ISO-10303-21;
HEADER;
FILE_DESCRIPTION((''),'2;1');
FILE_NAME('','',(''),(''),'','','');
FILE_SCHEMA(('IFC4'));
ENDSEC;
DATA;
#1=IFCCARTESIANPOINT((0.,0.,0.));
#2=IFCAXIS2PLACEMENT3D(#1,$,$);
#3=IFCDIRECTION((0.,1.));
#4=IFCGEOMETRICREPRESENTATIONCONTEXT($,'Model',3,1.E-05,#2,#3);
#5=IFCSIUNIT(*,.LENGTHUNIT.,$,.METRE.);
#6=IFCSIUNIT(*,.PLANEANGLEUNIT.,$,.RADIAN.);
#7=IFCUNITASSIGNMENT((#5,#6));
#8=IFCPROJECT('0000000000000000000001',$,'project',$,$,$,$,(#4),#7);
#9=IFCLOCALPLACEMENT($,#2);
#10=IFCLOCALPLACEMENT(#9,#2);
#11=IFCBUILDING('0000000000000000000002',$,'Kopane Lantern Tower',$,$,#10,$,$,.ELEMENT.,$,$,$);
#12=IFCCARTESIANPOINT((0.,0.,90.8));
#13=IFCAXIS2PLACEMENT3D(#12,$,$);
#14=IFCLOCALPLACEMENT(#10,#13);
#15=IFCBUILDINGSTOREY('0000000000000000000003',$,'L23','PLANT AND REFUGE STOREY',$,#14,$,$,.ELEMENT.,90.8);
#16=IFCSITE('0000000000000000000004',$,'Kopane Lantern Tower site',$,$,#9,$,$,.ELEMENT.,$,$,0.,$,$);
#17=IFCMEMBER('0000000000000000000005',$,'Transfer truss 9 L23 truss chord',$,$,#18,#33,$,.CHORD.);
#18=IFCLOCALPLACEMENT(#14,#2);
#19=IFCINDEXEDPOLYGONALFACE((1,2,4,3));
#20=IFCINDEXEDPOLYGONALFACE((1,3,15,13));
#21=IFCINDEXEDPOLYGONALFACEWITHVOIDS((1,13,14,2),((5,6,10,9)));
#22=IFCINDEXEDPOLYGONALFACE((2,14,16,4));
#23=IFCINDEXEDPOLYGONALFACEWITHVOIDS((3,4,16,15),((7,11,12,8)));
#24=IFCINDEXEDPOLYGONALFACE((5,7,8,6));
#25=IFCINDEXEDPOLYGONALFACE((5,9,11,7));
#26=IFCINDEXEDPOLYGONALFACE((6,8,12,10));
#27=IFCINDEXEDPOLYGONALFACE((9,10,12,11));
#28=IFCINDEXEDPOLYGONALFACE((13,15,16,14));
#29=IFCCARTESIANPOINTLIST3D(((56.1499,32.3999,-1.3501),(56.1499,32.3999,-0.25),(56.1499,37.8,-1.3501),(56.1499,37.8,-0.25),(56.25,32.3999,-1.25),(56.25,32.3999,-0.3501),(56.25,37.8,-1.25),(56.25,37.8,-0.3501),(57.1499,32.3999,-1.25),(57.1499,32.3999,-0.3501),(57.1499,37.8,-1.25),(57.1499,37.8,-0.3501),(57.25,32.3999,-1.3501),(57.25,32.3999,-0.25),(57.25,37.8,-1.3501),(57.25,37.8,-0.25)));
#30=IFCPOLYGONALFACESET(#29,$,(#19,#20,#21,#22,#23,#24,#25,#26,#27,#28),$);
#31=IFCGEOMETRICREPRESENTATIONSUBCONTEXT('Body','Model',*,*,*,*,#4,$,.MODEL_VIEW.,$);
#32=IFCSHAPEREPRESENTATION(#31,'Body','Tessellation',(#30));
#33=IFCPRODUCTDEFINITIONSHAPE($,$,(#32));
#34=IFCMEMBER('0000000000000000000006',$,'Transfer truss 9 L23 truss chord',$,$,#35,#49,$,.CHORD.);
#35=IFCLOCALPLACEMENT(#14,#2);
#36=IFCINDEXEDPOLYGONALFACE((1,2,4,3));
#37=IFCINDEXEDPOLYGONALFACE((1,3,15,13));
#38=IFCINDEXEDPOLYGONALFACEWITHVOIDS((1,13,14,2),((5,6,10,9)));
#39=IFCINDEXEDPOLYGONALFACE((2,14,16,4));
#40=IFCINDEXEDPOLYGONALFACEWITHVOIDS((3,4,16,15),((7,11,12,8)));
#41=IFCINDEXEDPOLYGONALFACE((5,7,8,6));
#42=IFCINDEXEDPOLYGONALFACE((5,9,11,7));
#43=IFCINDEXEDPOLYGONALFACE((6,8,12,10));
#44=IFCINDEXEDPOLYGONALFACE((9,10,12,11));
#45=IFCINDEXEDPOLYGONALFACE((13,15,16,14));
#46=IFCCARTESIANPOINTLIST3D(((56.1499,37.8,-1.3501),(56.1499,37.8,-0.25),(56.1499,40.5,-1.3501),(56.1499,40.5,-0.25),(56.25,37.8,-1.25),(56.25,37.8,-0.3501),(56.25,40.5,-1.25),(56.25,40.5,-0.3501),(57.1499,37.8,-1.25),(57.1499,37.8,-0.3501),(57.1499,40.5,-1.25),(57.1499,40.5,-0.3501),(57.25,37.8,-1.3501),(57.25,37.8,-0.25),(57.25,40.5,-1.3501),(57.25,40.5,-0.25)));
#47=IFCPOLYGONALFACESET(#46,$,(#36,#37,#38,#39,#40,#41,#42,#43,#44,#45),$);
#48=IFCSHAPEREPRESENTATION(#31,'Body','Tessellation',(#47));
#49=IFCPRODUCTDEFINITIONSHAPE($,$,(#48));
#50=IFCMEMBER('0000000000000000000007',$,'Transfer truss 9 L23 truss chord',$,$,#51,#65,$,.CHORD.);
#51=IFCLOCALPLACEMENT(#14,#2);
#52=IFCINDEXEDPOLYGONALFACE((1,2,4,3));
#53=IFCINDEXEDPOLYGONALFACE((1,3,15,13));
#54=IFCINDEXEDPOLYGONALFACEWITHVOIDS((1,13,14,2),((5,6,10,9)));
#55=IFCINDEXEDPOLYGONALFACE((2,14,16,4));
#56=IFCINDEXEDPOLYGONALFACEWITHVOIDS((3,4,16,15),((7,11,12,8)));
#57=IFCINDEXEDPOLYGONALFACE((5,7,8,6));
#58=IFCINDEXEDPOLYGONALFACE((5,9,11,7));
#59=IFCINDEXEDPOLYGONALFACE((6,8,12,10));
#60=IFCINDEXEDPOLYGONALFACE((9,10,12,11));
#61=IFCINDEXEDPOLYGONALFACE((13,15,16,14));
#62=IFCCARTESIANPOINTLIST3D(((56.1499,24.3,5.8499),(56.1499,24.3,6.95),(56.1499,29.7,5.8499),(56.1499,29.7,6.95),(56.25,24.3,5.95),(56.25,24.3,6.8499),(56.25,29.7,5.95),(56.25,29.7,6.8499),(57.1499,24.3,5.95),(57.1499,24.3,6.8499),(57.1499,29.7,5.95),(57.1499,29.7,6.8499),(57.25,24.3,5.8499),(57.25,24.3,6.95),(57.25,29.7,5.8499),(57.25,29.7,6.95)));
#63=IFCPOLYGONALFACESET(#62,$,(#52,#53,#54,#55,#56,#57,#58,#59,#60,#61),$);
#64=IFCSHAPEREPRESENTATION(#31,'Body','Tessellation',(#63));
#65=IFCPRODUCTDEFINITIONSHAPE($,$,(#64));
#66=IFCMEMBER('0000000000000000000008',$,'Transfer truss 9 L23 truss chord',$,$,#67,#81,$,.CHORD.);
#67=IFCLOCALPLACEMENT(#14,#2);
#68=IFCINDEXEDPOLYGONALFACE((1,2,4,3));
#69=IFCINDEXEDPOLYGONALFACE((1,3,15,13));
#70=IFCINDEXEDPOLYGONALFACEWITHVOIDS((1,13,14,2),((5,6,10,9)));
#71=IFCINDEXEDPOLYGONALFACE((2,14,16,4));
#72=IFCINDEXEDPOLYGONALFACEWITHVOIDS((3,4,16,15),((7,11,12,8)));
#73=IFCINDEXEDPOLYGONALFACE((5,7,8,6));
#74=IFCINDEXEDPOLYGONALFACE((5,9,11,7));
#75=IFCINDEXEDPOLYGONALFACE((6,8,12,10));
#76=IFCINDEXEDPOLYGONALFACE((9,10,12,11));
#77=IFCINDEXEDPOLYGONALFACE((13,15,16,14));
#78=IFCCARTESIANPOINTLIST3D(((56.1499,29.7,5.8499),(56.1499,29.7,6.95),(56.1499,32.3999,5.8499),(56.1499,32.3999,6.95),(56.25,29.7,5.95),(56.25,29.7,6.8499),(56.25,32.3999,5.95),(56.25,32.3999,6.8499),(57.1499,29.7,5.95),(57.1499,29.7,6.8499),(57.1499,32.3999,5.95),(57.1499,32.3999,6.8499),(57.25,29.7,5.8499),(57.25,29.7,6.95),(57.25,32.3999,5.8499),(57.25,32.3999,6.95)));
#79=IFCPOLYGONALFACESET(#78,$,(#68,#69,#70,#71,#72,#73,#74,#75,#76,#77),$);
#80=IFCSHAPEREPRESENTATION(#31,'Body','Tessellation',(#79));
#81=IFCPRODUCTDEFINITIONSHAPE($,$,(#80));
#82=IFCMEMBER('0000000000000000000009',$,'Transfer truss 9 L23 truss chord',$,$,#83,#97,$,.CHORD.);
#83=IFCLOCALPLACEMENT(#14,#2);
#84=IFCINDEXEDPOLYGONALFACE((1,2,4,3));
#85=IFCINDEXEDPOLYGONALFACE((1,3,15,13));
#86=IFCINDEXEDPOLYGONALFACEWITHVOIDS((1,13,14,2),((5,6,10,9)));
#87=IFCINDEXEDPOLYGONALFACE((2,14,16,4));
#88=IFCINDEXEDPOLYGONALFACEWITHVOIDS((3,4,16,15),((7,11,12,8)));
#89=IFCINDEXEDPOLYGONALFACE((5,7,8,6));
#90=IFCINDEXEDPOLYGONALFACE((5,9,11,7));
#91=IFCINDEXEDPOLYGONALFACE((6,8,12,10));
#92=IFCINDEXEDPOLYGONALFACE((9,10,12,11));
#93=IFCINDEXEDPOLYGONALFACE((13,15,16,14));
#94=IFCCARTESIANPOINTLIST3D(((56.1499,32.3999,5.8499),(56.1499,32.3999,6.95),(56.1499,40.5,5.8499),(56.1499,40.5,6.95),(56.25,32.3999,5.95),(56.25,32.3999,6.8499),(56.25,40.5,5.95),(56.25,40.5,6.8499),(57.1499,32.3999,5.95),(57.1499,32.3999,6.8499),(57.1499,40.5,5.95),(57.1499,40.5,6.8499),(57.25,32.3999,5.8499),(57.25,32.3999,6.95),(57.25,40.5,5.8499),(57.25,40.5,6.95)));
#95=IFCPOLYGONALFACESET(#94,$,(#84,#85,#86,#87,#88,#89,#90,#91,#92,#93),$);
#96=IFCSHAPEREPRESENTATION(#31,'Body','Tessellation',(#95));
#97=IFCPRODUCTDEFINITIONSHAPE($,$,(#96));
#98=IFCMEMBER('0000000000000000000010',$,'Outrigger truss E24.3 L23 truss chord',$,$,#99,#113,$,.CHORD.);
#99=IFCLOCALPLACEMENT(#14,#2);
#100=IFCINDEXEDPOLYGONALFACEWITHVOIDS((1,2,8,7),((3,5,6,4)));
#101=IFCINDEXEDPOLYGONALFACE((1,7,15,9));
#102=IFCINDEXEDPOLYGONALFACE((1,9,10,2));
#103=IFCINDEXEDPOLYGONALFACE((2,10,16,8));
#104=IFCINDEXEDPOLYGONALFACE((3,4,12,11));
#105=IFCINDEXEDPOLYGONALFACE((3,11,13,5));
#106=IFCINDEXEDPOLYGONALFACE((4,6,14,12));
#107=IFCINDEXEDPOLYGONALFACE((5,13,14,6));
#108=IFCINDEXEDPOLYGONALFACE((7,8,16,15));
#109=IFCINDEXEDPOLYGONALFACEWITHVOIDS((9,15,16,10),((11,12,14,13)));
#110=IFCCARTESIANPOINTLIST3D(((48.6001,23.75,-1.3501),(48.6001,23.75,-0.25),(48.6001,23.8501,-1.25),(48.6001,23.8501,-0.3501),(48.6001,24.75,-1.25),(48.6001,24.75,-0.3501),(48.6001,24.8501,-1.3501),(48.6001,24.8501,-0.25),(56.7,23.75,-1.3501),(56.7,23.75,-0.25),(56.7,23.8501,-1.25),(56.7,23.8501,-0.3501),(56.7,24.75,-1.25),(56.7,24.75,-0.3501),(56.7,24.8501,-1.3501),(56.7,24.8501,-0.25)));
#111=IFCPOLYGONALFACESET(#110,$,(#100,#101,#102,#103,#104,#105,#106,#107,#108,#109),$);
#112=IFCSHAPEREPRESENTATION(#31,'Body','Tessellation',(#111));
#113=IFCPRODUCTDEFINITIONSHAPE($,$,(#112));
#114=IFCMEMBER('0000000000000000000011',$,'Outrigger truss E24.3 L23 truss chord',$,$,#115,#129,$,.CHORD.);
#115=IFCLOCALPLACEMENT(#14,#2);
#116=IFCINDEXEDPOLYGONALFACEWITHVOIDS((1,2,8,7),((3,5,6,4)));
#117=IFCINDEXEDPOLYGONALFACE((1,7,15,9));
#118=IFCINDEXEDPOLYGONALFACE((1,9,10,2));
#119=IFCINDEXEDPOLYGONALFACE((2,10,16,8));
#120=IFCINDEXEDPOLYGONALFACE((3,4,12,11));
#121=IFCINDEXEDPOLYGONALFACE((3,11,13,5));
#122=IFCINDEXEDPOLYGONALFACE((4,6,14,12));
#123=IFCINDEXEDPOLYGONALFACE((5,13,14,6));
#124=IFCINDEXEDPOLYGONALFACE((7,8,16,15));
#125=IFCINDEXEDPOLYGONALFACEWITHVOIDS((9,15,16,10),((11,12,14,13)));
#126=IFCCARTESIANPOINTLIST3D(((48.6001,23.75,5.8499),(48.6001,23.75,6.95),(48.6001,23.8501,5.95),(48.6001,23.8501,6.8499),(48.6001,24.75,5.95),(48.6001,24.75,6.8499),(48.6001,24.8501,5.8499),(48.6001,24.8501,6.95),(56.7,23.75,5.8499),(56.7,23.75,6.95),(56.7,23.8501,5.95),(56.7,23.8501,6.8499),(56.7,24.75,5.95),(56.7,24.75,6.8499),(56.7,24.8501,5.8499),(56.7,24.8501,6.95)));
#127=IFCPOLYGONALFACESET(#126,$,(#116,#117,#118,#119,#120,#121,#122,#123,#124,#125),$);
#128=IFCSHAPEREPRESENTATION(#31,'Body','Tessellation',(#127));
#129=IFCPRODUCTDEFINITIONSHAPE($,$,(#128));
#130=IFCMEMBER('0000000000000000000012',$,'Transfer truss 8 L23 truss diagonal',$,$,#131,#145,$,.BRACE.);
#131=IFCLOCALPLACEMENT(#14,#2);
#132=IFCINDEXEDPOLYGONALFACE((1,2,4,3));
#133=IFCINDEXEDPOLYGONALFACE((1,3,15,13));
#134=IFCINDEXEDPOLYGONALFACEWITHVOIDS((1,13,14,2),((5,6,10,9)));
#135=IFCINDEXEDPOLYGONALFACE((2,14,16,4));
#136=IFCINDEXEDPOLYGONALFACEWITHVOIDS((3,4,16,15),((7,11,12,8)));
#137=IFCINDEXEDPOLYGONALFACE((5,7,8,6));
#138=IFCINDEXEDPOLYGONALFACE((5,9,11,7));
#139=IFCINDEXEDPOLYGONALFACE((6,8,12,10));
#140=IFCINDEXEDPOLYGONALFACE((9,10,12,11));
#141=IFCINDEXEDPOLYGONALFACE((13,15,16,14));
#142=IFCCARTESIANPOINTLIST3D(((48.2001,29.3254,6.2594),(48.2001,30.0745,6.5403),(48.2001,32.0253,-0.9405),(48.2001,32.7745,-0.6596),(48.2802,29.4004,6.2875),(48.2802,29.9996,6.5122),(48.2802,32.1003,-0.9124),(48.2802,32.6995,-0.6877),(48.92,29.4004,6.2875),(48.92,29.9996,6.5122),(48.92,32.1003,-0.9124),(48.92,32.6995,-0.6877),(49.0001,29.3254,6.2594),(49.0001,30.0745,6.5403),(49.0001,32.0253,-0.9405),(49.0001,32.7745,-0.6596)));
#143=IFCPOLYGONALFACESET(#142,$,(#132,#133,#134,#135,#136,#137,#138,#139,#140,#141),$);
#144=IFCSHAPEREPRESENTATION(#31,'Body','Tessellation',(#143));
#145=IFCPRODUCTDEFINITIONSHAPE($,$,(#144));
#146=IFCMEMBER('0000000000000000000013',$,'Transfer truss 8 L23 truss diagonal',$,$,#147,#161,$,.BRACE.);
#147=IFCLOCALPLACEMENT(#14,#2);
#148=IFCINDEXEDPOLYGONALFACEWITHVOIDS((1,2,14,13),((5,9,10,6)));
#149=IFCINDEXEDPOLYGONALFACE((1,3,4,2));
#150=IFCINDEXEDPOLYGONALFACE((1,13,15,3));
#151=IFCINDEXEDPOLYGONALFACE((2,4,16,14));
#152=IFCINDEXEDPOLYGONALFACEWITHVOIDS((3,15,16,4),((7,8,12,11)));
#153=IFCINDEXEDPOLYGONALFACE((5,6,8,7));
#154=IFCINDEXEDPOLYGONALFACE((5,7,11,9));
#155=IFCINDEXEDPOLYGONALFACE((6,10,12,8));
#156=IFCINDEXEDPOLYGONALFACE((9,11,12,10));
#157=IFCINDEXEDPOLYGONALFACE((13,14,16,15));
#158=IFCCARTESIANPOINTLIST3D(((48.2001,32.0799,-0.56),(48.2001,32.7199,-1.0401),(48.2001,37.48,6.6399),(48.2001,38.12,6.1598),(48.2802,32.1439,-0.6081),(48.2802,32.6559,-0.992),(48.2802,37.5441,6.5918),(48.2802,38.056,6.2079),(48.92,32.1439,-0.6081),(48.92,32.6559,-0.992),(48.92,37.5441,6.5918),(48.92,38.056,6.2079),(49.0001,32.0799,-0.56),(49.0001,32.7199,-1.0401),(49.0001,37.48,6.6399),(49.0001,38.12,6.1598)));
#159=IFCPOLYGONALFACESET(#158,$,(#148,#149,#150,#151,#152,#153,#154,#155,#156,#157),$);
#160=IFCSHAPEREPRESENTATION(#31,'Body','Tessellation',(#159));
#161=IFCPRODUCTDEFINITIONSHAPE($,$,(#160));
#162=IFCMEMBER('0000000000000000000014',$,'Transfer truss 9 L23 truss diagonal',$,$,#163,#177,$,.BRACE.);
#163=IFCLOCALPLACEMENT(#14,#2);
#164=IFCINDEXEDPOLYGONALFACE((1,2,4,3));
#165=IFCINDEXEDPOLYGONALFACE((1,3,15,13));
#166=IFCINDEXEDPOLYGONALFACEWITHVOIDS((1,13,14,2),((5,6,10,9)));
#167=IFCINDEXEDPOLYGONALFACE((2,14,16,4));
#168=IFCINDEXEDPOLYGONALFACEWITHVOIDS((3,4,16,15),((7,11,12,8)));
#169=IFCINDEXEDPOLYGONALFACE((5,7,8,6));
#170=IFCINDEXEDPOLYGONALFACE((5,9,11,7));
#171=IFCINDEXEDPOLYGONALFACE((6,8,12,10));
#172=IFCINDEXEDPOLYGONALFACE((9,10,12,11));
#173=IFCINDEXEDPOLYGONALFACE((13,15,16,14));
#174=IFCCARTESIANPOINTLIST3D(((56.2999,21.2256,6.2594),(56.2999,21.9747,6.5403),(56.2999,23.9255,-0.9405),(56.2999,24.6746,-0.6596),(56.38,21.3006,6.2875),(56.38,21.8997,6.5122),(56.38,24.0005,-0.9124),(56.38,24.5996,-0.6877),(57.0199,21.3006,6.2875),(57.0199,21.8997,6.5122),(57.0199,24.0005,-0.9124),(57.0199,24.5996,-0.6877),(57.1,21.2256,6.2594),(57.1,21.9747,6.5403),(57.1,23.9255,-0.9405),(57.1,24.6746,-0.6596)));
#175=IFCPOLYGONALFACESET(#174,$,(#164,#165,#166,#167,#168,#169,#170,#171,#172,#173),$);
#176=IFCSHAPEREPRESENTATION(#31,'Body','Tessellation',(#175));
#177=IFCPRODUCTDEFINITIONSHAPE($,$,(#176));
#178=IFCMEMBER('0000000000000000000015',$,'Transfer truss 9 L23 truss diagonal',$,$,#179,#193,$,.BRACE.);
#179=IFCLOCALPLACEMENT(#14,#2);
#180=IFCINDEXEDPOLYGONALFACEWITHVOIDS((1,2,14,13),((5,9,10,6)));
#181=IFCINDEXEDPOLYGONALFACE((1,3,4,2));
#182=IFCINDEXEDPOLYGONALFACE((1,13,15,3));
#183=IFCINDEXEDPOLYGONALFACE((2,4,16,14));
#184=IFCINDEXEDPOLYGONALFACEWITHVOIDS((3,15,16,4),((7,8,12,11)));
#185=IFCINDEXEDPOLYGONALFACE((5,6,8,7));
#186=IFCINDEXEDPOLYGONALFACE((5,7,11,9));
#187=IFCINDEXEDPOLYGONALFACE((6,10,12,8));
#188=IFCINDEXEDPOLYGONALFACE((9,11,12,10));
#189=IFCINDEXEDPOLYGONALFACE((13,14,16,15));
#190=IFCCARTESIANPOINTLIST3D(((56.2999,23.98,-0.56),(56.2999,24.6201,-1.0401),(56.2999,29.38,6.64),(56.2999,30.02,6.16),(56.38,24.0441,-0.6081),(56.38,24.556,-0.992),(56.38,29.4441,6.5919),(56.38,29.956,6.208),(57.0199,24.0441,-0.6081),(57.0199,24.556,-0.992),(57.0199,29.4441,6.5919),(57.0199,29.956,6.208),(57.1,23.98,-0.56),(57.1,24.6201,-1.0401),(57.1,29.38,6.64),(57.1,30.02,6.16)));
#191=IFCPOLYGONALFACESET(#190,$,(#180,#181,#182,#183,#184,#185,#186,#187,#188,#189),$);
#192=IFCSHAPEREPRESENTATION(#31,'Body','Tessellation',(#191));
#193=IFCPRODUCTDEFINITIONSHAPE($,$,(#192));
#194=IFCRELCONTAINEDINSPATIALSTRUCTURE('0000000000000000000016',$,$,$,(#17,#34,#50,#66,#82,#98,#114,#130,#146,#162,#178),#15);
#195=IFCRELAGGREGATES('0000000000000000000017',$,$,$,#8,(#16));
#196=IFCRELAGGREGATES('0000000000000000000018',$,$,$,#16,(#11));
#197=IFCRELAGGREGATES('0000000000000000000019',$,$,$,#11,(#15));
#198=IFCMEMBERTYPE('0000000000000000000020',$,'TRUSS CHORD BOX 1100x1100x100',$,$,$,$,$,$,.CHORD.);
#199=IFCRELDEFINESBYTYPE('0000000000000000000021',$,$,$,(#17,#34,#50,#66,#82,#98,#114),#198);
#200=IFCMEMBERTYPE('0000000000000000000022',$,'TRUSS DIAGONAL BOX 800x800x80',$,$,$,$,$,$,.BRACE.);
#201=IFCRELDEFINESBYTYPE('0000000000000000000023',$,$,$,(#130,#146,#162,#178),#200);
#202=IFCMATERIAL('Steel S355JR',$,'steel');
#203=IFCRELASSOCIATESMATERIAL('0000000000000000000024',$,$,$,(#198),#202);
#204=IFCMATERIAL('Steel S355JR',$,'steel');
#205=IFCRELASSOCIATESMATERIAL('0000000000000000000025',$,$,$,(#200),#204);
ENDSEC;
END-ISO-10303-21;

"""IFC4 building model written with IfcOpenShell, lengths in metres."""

from ifc_helpers import new_model, si_unit, direction, frame, origin, origin_2d, place, context, subcontext, project, spatial, hollow_rectangle, extrude, material, material_profile, profile_set, type_object, element, save


model = new_model("IFC4")

# Units and contexts
model_context = context("Model", 3, precision=1e-05, world=origin(), true_north=direction((0.0, 1.0)))
body_context = subcontext(model_context, "Body", "Model", "MODEL_VIEW")
ifc_project = project(units=[si_unit("LENGTHUNIT", "METRE"), si_unit("PLANEANGLEUNIT", "RADIAN")], contexts=[model_context])

# Site, building, storey
site_placement = place(None, origin())
site = spatial("IfcSite", under=ifc_project, at=site_placement, Name="Kopane Lantern Tower site", CompositionType="ELEMENT", RefElevation=0.0)
building_placement = place(site_placement, origin())
building = spatial("IfcBuilding", under=site, at=building_placement, Name="Kopane Lantern Tower", CompositionType="ELEMENT")
storey_placement = place(building_placement, frame((0.0, 0.0, 90.8)))
storey = spatial("IfcBuildingStorey", under=building, at=storey_placement, Name="L23", Description="PLANT AND REFUGE STOREY", CompositionType="ELEMENT", Elevation=90.8)

# Members
ifc_material_1 = material(Name="Steel S355JR", Category="steel")
ifc_material_profile_1 = material_profile(ifc_material_1, hollow_rectangle(XDim=1.1001, YDim=1.1001, WallThickness=0.1001, at=origin_2d()), Name="BOX 1100x1100x100")
ifc_profile_set_1 = profile_set([ifc_material_profile_1], Name="Steel S355JR")
member_type_1 = type_object("IfcMemberType", Name="TRUSS CHORD BOX 1100x1100x100", PredefinedType="CHORD", material=ifc_profile_set_1)
member_1_placement = place(storey_placement, frame((56.7, 32.3999, -0.8), z_axis=(0.0, 1.0, 0.0), x_axis=(-1.0, 0.0, 0.0)))
element("IfcMember", 1, at=member_1_placement, inside=storey, type_object=member_type_1, Name="Transfer truss 9 L23 truss chord", PredefinedType="CHORD", context=body_context, shape_type="SweptSolid", body=[
    extrude(hollow_rectangle(XDim=1.1001, YDim=1.1001, WallThickness=0.1001, at=origin_2d()), origin(), (0.0, 0.0, 1.0), 5.4001),
])
member_2_placement = place(storey_placement, frame((56.7, 37.8, -0.8), z_axis=(0.0, 1.0, 0.0), x_axis=(-1.0, 0.0, 0.0)))
element("IfcMember", 2, at=member_2_placement, inside=storey, type_object=member_type_1, Name="Transfer truss 9 L23 truss chord", PredefinedType="CHORD", context=body_context, shape_type="SweptSolid", body=[
    extrude(hollow_rectangle(XDim=1.1001, YDim=1.1001, WallThickness=0.1001, at=origin_2d()), origin(), (0.0, 0.0, 1.0), 2.7),
])
member_3_placement = place(storey_placement, frame((56.7, 24.3, 6.3999), z_axis=(0.0, 1.0, 0.0), x_axis=(-1.0, 0.0, 0.0)))
element("IfcMember", 3, at=member_3_placement, inside=storey, type_object=member_type_1, Name="Transfer truss 9 L23 truss chord", PredefinedType="CHORD", context=body_context, shape_type="SweptSolid", body=[
    extrude(hollow_rectangle(XDim=1.1001, YDim=1.1001, WallThickness=0.1001, at=origin_2d()), origin(), (0.0, 0.0, 1.0), 5.3999),
])
member_4_placement = place(storey_placement, frame((56.7, 29.7, 6.3999), z_axis=(0.0, 1.0, 0.0), x_axis=(-1.0, 0.0, 0.0)))
element("IfcMember", 4, at=member_4_placement, inside=storey, type_object=member_type_1, Name="Transfer truss 9 L23 truss chord", PredefinedType="CHORD", context=body_context, shape_type="SweptSolid", body=[
    extrude(hollow_rectangle(XDim=1.1001, YDim=1.1001, WallThickness=0.1001, at=origin_2d()), origin(), (0.0, 0.0, 1.0), 2.7),
])
member_5_placement = place(storey_placement, frame((56.7, 32.3999, 6.3999), z_axis=(0.0, 1.0, 0.0), x_axis=(-1.0, 0.0, 0.0)))
element("IfcMember", 5, at=member_5_placement, inside=storey, type_object=member_type_1, Name="Transfer truss 9 L23 truss chord", PredefinedType="CHORD", context=body_context, shape_type="SweptSolid", body=[
    extrude(hollow_rectangle(XDim=1.1001, YDim=1.1001, WallThickness=0.1001, at=origin_2d()), origin(), (0.0, 0.0, 1.0), 8.1001),
])
for number, where, z_axis, x_axis, name in (
    (6, (56.7, 24.3, -0.8), (-1.0, 0.0, 0.0), (0.0, -1.0, 0.0), "Outrigger truss E24.3 L23 truss chord"),
    (7, (56.7, 24.3, 6.3999), (-1.0, 0.0, 0.0), (0.0, -1.0, 0.0), "Outrigger truss E24.3 L23 truss chord"),
):
    element("IfcMember", number, at=place(storey_placement, frame(where, z_axis=z_axis, x_axis=x_axis)), inside=storey, type_object=member_type_1, Name=name, PredefinedType="CHORD", context=body_context, shape_type="SweptSolid", body=[
        extrude(hollow_rectangle(XDim=1.1001, YDim=1.1001, WallThickness=0.1001, at=origin_2d()), origin(), (0.0, 0.0, 1.0), 8.0999),
    ])
ifc_material_2 = material(Name="Steel S355JR", Category="steel")
ifc_material_profile_2 = material_profile(ifc_material_2, hollow_rectangle(XDim=0.8, YDim=0.8, WallThickness=0.0801, at=origin_2d()), Name="BOX 800x800x80")
ifc_profile_set_2 = profile_set([ifc_material_profile_2], Name="Steel S355JR")
member_type_2 = type_object("IfcMemberType", Name="TRUSS DIAGONAL BOX 800x800x80", PredefinedType="BRACE", material=ifc_profile_set_2)
member_6_placement = place(storey_placement, frame((48.6001, 32.3999, -0.8), z_axis=(0.0, -0.35112, 0.93633), x_axis=(1.0, 0.0, 0.0)))
element("IfcMember", 8, at=member_6_placement, inside=storey, type_object=member_type_2, Name="Transfer truss 8 L23 truss diagonal", PredefinedType="BRACE", context=body_context, shape_type="SweptSolid", body=[
    extrude(hollow_rectangle(XDim=0.8, YDim=0.8, WallThickness=0.0801, at=origin_2d()), origin(), (0.0, 0.0, 1.0), 7.6895),
])
member_7_placement = place(storey_placement, frame((48.6001, 32.3999, -0.8), z_axis=(0.0, 0.600013, 0.79999), x_axis=(-1.0, 0.0, 0.0)))
element("IfcMember", 9, at=member_7_placement, inside=storey, type_object=member_type_2, Name="Transfer truss 8 L23 truss diagonal", PredefinedType="BRACE", context=body_context, shape_type="SweptSolid", body=[
    extrude(hollow_rectangle(XDim=0.8, YDim=0.8, WallThickness=0.0801, at=origin_2d()), origin(), (0.0, 0.0, 1.0), 9.0),
])
member_8_placement = place(storey_placement, frame((56.7, 24.3, -0.8), z_axis=(0.0, -0.35112, 0.93633), x_axis=(1.0, 0.0, 0.0)))
element("IfcMember", 10, at=member_8_placement, inside=storey, type_object=member_type_2, Name="Transfer truss 9 L23 truss diagonal", PredefinedType="BRACE", context=body_context, shape_type="SweptSolid", body=[
    extrude(hollow_rectangle(XDim=0.8, YDim=0.8, WallThickness=0.0801, at=origin_2d()), origin(), (0.0, 0.0, 1.0), 7.6895),
])
member_9_placement = place(storey_placement, frame((56.7, 24.3, -0.8), z_axis=(0.0, 0.599996, 0.800003), x_axis=(-1.0, 0.0, 0.0)))
element("IfcMember", 11, at=member_9_placement, inside=storey, type_object=member_type_2, Name="Transfer truss 9 L23 truss diagonal", PredefinedType="BRACE", context=body_context, shape_type="SweptSolid", body=[
    extrude(hollow_rectangle(XDim=0.8, YDim=0.8, WallThickness=0.0801, at=origin_2d()), origin(), (0.0, 0.0, 1.0), 9.0),
])

save(model, "model.ifc")
